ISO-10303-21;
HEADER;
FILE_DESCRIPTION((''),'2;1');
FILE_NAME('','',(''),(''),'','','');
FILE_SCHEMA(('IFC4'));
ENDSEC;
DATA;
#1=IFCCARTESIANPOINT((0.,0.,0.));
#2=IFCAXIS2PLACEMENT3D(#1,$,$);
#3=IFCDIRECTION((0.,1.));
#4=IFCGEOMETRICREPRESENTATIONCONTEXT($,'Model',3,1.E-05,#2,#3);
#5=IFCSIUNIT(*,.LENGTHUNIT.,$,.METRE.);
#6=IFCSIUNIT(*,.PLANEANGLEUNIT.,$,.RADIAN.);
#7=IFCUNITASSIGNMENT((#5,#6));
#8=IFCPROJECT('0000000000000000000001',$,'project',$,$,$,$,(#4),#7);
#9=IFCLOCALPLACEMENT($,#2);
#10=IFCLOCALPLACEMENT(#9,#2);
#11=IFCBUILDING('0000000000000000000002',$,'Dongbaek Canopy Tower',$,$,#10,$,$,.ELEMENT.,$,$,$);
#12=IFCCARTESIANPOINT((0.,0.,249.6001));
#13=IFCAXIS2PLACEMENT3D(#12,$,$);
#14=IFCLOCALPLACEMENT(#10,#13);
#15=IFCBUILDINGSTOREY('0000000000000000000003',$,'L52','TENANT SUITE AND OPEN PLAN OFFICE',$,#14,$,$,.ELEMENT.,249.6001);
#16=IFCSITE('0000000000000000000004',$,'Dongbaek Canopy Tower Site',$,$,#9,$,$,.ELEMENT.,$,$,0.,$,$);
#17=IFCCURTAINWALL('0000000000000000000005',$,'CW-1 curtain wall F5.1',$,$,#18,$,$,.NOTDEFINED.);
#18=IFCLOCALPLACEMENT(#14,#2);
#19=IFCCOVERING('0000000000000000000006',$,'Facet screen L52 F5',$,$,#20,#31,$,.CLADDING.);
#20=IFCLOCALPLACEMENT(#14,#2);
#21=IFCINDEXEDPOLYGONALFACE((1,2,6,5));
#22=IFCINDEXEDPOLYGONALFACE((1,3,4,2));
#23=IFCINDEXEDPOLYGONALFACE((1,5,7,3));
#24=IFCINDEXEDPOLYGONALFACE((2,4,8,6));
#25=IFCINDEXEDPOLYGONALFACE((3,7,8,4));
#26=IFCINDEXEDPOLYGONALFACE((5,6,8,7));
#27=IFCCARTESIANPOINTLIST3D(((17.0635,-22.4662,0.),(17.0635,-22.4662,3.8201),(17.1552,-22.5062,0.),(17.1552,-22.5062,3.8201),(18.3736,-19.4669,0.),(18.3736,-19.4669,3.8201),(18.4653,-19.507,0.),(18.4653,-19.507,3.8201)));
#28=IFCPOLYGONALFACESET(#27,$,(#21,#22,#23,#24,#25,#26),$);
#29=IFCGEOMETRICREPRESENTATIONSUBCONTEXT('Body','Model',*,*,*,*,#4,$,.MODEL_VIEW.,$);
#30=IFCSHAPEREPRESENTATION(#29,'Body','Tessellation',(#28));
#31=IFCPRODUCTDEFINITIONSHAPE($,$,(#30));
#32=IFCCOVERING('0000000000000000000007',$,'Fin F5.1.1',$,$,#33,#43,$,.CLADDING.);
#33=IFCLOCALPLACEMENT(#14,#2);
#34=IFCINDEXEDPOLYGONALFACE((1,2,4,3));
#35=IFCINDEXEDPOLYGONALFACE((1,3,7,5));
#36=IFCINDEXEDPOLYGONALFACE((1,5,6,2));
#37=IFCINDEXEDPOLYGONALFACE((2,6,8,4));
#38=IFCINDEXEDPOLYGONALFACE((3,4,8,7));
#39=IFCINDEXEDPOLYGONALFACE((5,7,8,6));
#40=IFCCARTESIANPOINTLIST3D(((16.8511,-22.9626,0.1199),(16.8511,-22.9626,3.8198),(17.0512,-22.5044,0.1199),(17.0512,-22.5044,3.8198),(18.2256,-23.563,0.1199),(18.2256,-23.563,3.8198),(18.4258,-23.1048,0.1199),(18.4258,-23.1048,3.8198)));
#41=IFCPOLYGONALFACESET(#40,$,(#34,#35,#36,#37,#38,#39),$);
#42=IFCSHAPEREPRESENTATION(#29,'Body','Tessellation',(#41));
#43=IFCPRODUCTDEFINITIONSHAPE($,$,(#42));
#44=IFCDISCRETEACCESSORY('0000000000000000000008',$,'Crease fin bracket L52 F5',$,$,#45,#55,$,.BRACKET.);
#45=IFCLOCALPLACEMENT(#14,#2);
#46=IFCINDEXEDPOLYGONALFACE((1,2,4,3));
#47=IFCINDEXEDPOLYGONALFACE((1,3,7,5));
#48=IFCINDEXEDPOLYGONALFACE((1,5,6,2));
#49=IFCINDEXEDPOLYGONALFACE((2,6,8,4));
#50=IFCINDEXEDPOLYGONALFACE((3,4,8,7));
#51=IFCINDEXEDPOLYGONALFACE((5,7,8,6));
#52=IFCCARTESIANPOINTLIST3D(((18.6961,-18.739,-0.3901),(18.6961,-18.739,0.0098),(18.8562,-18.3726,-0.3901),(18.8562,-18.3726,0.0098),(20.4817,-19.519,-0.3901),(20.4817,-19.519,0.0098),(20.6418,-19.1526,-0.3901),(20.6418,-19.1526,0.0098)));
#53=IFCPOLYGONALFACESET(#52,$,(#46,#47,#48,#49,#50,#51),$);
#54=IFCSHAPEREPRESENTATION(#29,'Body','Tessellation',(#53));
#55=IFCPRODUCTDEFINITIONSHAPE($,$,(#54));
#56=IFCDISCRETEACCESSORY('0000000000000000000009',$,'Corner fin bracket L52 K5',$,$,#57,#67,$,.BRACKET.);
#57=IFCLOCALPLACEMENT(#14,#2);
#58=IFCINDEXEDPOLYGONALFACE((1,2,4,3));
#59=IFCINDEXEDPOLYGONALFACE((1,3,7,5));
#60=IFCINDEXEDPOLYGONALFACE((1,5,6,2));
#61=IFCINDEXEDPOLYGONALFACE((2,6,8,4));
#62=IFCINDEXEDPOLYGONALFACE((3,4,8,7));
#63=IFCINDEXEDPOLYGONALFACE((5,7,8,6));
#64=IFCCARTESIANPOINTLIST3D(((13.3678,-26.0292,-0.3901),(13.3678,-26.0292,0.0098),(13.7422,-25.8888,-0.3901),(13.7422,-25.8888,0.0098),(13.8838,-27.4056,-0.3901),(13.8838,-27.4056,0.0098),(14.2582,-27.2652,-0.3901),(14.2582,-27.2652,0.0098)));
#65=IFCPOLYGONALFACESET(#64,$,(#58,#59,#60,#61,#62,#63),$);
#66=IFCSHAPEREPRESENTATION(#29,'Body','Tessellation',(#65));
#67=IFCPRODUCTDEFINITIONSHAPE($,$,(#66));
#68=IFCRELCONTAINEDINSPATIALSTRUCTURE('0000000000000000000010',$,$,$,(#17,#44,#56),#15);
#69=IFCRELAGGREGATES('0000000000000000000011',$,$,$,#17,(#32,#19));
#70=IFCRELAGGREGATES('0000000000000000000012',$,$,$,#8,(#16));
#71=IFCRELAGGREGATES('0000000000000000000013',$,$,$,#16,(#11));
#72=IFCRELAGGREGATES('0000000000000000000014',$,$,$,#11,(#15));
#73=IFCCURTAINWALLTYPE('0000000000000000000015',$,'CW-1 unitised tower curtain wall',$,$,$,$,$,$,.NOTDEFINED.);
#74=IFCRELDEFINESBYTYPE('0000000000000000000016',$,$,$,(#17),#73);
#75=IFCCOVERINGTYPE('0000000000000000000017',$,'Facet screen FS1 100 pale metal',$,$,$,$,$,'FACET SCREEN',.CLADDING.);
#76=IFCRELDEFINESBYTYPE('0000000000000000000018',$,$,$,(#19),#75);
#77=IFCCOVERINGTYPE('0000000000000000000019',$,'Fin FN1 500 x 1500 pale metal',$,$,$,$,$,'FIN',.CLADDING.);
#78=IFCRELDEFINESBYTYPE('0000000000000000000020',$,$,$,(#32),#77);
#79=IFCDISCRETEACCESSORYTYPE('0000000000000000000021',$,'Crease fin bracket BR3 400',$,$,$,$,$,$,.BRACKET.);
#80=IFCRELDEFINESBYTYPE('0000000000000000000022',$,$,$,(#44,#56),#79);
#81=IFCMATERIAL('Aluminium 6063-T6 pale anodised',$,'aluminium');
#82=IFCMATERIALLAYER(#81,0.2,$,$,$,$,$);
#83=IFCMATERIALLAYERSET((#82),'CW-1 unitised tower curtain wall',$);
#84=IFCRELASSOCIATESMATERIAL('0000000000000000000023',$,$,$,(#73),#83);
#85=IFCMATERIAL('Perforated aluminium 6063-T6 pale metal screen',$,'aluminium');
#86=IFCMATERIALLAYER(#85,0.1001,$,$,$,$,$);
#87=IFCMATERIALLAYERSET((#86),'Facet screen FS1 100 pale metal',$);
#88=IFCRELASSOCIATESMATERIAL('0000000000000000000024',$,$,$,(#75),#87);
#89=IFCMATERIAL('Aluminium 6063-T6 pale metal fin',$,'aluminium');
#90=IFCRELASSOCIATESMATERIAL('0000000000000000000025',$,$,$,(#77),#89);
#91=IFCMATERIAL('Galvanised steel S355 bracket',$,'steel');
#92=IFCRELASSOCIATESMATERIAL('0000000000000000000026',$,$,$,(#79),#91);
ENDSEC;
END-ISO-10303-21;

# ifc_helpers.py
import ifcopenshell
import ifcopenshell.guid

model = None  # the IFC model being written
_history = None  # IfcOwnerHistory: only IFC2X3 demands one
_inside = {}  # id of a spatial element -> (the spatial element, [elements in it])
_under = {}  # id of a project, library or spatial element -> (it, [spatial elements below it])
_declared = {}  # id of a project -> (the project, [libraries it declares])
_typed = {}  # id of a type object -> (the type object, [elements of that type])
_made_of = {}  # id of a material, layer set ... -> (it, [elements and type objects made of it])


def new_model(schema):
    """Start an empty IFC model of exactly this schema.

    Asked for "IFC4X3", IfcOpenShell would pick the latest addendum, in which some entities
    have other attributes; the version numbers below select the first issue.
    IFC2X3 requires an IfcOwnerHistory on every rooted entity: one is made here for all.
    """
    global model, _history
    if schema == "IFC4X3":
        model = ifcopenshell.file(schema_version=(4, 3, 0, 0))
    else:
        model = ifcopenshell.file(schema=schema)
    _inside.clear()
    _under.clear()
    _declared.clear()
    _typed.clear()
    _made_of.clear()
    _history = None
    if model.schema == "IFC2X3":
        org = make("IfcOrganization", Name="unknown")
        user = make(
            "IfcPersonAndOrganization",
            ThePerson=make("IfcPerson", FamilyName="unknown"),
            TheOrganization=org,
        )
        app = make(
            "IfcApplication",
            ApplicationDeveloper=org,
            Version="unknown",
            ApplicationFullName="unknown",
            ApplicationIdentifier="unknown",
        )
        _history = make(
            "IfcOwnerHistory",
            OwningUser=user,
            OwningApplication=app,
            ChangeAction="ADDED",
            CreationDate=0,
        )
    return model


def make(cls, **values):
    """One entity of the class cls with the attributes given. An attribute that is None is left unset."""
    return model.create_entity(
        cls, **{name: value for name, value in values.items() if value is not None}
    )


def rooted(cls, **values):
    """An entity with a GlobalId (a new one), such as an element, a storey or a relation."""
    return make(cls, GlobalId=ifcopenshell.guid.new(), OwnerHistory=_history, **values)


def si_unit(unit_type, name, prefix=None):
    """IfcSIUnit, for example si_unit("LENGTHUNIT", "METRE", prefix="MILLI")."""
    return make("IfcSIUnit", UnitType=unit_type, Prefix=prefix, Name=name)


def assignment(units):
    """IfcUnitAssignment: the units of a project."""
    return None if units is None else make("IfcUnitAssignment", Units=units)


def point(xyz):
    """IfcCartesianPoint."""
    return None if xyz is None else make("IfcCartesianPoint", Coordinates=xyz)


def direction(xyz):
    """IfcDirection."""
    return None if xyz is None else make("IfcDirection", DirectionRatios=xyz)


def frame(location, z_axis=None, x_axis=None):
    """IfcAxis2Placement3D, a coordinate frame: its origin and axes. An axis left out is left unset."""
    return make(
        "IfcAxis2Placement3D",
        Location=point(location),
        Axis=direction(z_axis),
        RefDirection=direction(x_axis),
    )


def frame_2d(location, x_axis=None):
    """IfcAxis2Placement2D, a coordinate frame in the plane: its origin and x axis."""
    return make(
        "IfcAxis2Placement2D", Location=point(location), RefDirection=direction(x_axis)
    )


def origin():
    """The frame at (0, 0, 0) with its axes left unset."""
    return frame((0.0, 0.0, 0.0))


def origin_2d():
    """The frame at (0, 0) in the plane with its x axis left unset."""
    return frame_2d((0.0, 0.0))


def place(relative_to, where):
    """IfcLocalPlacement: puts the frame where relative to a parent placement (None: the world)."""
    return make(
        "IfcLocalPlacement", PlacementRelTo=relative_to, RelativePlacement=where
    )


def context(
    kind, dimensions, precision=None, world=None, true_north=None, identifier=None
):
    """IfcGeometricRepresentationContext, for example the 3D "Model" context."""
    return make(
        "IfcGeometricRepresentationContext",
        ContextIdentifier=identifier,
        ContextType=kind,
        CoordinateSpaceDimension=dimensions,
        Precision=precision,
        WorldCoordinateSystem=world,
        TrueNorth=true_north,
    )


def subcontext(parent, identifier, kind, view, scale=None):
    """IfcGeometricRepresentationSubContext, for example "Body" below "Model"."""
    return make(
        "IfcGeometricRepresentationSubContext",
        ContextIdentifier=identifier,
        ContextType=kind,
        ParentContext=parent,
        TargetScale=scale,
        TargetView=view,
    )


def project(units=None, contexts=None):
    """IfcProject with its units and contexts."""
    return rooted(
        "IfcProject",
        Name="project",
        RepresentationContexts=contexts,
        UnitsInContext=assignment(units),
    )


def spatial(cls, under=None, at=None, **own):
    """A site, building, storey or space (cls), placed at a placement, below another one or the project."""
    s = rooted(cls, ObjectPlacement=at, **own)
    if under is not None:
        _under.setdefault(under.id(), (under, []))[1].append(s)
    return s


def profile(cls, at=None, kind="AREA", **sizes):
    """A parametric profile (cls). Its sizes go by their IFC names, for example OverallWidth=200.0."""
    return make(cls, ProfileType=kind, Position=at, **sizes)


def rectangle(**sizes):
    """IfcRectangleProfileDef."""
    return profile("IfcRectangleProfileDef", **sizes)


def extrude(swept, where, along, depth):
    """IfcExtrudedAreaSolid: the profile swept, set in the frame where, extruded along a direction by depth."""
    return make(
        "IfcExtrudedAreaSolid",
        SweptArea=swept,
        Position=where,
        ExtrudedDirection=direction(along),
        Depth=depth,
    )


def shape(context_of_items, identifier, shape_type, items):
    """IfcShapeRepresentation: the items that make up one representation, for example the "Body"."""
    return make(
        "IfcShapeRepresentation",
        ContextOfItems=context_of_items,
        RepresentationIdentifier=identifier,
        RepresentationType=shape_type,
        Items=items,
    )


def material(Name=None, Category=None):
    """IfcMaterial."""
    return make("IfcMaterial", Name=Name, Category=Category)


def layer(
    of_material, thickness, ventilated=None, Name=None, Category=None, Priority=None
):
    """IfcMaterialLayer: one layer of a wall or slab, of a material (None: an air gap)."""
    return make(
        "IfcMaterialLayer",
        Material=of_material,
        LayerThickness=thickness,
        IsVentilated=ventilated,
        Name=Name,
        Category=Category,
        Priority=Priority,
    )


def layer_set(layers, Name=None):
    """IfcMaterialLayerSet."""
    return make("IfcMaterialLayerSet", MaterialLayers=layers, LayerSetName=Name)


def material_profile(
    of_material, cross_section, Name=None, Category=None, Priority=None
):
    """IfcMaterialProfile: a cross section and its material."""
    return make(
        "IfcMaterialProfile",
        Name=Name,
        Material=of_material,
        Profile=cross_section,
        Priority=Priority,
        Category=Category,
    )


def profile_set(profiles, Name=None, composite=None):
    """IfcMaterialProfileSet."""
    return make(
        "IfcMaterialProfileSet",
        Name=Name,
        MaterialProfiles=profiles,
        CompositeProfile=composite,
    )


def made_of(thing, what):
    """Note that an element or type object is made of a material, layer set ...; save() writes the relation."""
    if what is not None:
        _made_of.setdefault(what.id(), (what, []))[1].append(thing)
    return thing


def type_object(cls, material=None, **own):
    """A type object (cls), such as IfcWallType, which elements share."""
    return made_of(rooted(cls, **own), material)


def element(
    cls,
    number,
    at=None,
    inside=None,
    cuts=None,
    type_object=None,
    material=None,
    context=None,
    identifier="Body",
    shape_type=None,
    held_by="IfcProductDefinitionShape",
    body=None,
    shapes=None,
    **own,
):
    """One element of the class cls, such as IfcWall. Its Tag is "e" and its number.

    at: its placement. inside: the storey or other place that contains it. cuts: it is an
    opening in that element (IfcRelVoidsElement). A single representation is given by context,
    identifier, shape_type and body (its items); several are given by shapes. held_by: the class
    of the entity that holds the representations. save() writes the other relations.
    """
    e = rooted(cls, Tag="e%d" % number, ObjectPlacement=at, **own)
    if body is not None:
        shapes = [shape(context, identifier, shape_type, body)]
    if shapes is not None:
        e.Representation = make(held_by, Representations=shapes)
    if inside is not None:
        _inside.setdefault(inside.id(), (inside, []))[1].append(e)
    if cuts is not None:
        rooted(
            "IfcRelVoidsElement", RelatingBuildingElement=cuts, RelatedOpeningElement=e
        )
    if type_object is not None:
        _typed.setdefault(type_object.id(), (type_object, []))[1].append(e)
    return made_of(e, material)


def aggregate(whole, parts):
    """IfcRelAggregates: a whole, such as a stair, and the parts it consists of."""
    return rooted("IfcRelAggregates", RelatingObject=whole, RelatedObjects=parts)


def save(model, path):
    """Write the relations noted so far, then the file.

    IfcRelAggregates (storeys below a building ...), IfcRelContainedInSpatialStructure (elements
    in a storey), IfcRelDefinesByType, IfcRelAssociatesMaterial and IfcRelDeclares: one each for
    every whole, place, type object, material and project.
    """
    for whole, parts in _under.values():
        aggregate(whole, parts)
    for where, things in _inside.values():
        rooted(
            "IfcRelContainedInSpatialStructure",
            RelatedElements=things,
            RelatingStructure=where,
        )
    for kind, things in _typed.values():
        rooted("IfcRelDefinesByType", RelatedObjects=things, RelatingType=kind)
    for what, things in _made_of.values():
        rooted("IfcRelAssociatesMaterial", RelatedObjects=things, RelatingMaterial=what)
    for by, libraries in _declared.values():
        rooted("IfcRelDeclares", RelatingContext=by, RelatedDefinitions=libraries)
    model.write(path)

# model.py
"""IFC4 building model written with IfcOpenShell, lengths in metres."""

from ifc_helpers import new_model, si_unit, direction, frame, origin, origin_2d, place, context, subcontext, project, spatial, rectangle, extrude, material, layer, layer_set, material_profile, profile_set, type_object, element, aggregate, save


model = new_model("IFC4")

# Units and contexts
model_context = context("Model", 3, precision=1e-05, world=origin(), true_north=direction((0.0, 1.0)))
body_context = subcontext(model_context, "Body", "Model", "MODEL_VIEW")
ifc_project = project(units=[si_unit("LENGTHUNIT", "METRE"), si_unit("PLANEANGLEUNIT", "RADIAN")], contexts=[model_context])

# Site, building, storey
site_placement = place(None, origin())
site = spatial("IfcSite", under=ifc_project, at=site_placement, Name="Dongbaek Canopy Tower Site", CompositionType="ELEMENT", RefElevation=0.0)
building_placement = place(site_placement, origin())
building = spatial("IfcBuilding", under=site, at=building_placement, Name="Dongbaek Canopy Tower", CompositionType="ELEMENT")
storey_placement = place(building_placement, frame((0.0, 0.0, 249.6001)))
storey = spatial("IfcBuildingStorey", under=building, at=storey_placement, Name="L52", Description="TENANT SUITE AND OPEN PLAN OFFICE", CompositionType="ELEMENT", Elevation=249.6001)

# Curtain wall
ifc_material_1 = material(Name="Aluminium 6063-T6 pale anodised", Category="aluminium")
ifc_layer_1 = layer(ifc_material_1, 0.2)
ifc_layer_set_1 = layer_set([ifc_layer_1], Name="CW-1 unitised tower curtain wall")
curtain_wall_type = type_object("IfcCurtainWallType", Name="CW-1 unitised tower curtain wall", PredefinedType="NOTDEFINED", material=ifc_layer_set_1)
curtain_wall_1_placement = place(storey_placement, origin())
curtain_wall_1 = element("IfcCurtainWall", 1, at=curtain_wall_1_placement, inside=storey, type_object=curtain_wall_type, Name="CW-1 curtain wall F5.1", PredefinedType="NOTDEFINED")

# Coverings
ifc_material_2 = material(Name="Perforated aluminium 6063-T6 pale metal screen", Category="aluminium")
ifc_layer_2 = layer(ifc_material_2, 0.1001)
ifc_layer_set_2 = layer_set([ifc_layer_2], Name="Facet screen FS1 100 pale metal")
covering_type_1 = type_object("IfcCoveringType", Name="Facet screen FS1 100 pale metal", ElementType="FACET SCREEN", PredefinedType="CLADDING", material=ifc_layer_set_2)
covering_1_placement = place(storey_placement, frame((17.7644, -20.9866, 0.0), z_axis=(0.0, 0.0, 1.0), x_axis=(0.400295, 0.916386, 0.0)))
covering_1 = element("IfcCovering", 2, at=covering_1_placement, type_object=covering_type_1, Name="Facet screen L52 F5", PredefinedType="CLADDING", context=body_context, shape_type="SweptSolid", body=[
    extrude(rectangle(XDim=3.2729, YDim=0.1001, at=origin_2d()), origin(), (0.0, 0.0, 1.0), 3.8201),
])
ifc_material_3 = material(Name="Aluminium 6063-T6 pale metal fin", Category="aluminium")
ifc_material_profile_1 = material_profile(ifc_material_3, rectangle(XDim=1.5, YDim=0.5, at=origin_2d()), Name="Fin FN1 500 x 1500 pale metal")
ifc_profile_set_1 = profile_set([ifc_material_profile_1], Name="Aluminium 6063-T6 pale metal fin")
covering_type_2 = type_object("IfcCoveringType", Name="Fin FN1 500 x 1500 pale metal", ElementType="FIN", PredefinedType="CLADDING", material=ifc_profile_set_1)
covering_2_placement = place(storey_placement, frame((17.6384, -23.0337, 0.1199), z_axis=(0.0, 0.0, 1.0), x_axis=(0.916386, -0.400295, 0.0)))
covering_2 = element("IfcCovering", 3, at=covering_2_placement, type_object=covering_type_2, Name="Fin F5.1.1", PredefinedType="CLADDING", context=body_context, shape_type="SweptSolid", body=[
    extrude(rectangle(XDim=1.5, YDim=0.5, at=origin_2d()), origin(), (0.0, 0.0, 1.0), 3.7),
])
aggregate(curtain_wall_1, [covering_2, covering_1])

# Discrete accessories
ifc_material_4 = material(Name="Galvanised steel S355 bracket", Category="steel")
discrete_accessory_type = type_object("IfcDiscreteAccessoryType", Name="Crease fin bracket BR3 400", PredefinedType="BRACKET", material=ifc_material_4)
discrete_accessory_1_placement = place(storey_placement, frame((19.6689, -18.9458, -0.3901), z_axis=(0.0, 0.0, 1.0), x_axis=(0.916386, -0.400295, 0.0)))
element("IfcDiscreteAccessory", 4, at=discrete_accessory_1_placement, inside=storey, type_object=discrete_accessory_type, Name="Crease fin bracket L52 F5", PredefinedType="BRACKET", context=body_context, shape_type="SweptSolid", body=[
    extrude(rectangle(XDim=1.9485, YDim=0.3999, at=origin_2d()), origin(), (0.0, 0.0, 1.0), 0.3999),
])
discrete_accessory_2_placement = place(storey_placement, frame((13.813, -26.6472, -0.3901), z_axis=(0.0, 0.0, 1.0), x_axis=(0.351016, -0.936369, 0.0)))
element("IfcDiscreteAccessory", 5, at=discrete_accessory_2_placement, inside=storey, type_object=discrete_accessory_type, Name="Corner fin bracket L52 K5", PredefinedType="BRACKET", context=body_context, shape_type="SweptSolid", body=[
    extrude(rectangle(XDim=1.47, YDim=0.3999, at=origin_2d()), origin(), (0.0, 0.0, 1.0), 0.3999),
])

save(model, "model.ifc")
